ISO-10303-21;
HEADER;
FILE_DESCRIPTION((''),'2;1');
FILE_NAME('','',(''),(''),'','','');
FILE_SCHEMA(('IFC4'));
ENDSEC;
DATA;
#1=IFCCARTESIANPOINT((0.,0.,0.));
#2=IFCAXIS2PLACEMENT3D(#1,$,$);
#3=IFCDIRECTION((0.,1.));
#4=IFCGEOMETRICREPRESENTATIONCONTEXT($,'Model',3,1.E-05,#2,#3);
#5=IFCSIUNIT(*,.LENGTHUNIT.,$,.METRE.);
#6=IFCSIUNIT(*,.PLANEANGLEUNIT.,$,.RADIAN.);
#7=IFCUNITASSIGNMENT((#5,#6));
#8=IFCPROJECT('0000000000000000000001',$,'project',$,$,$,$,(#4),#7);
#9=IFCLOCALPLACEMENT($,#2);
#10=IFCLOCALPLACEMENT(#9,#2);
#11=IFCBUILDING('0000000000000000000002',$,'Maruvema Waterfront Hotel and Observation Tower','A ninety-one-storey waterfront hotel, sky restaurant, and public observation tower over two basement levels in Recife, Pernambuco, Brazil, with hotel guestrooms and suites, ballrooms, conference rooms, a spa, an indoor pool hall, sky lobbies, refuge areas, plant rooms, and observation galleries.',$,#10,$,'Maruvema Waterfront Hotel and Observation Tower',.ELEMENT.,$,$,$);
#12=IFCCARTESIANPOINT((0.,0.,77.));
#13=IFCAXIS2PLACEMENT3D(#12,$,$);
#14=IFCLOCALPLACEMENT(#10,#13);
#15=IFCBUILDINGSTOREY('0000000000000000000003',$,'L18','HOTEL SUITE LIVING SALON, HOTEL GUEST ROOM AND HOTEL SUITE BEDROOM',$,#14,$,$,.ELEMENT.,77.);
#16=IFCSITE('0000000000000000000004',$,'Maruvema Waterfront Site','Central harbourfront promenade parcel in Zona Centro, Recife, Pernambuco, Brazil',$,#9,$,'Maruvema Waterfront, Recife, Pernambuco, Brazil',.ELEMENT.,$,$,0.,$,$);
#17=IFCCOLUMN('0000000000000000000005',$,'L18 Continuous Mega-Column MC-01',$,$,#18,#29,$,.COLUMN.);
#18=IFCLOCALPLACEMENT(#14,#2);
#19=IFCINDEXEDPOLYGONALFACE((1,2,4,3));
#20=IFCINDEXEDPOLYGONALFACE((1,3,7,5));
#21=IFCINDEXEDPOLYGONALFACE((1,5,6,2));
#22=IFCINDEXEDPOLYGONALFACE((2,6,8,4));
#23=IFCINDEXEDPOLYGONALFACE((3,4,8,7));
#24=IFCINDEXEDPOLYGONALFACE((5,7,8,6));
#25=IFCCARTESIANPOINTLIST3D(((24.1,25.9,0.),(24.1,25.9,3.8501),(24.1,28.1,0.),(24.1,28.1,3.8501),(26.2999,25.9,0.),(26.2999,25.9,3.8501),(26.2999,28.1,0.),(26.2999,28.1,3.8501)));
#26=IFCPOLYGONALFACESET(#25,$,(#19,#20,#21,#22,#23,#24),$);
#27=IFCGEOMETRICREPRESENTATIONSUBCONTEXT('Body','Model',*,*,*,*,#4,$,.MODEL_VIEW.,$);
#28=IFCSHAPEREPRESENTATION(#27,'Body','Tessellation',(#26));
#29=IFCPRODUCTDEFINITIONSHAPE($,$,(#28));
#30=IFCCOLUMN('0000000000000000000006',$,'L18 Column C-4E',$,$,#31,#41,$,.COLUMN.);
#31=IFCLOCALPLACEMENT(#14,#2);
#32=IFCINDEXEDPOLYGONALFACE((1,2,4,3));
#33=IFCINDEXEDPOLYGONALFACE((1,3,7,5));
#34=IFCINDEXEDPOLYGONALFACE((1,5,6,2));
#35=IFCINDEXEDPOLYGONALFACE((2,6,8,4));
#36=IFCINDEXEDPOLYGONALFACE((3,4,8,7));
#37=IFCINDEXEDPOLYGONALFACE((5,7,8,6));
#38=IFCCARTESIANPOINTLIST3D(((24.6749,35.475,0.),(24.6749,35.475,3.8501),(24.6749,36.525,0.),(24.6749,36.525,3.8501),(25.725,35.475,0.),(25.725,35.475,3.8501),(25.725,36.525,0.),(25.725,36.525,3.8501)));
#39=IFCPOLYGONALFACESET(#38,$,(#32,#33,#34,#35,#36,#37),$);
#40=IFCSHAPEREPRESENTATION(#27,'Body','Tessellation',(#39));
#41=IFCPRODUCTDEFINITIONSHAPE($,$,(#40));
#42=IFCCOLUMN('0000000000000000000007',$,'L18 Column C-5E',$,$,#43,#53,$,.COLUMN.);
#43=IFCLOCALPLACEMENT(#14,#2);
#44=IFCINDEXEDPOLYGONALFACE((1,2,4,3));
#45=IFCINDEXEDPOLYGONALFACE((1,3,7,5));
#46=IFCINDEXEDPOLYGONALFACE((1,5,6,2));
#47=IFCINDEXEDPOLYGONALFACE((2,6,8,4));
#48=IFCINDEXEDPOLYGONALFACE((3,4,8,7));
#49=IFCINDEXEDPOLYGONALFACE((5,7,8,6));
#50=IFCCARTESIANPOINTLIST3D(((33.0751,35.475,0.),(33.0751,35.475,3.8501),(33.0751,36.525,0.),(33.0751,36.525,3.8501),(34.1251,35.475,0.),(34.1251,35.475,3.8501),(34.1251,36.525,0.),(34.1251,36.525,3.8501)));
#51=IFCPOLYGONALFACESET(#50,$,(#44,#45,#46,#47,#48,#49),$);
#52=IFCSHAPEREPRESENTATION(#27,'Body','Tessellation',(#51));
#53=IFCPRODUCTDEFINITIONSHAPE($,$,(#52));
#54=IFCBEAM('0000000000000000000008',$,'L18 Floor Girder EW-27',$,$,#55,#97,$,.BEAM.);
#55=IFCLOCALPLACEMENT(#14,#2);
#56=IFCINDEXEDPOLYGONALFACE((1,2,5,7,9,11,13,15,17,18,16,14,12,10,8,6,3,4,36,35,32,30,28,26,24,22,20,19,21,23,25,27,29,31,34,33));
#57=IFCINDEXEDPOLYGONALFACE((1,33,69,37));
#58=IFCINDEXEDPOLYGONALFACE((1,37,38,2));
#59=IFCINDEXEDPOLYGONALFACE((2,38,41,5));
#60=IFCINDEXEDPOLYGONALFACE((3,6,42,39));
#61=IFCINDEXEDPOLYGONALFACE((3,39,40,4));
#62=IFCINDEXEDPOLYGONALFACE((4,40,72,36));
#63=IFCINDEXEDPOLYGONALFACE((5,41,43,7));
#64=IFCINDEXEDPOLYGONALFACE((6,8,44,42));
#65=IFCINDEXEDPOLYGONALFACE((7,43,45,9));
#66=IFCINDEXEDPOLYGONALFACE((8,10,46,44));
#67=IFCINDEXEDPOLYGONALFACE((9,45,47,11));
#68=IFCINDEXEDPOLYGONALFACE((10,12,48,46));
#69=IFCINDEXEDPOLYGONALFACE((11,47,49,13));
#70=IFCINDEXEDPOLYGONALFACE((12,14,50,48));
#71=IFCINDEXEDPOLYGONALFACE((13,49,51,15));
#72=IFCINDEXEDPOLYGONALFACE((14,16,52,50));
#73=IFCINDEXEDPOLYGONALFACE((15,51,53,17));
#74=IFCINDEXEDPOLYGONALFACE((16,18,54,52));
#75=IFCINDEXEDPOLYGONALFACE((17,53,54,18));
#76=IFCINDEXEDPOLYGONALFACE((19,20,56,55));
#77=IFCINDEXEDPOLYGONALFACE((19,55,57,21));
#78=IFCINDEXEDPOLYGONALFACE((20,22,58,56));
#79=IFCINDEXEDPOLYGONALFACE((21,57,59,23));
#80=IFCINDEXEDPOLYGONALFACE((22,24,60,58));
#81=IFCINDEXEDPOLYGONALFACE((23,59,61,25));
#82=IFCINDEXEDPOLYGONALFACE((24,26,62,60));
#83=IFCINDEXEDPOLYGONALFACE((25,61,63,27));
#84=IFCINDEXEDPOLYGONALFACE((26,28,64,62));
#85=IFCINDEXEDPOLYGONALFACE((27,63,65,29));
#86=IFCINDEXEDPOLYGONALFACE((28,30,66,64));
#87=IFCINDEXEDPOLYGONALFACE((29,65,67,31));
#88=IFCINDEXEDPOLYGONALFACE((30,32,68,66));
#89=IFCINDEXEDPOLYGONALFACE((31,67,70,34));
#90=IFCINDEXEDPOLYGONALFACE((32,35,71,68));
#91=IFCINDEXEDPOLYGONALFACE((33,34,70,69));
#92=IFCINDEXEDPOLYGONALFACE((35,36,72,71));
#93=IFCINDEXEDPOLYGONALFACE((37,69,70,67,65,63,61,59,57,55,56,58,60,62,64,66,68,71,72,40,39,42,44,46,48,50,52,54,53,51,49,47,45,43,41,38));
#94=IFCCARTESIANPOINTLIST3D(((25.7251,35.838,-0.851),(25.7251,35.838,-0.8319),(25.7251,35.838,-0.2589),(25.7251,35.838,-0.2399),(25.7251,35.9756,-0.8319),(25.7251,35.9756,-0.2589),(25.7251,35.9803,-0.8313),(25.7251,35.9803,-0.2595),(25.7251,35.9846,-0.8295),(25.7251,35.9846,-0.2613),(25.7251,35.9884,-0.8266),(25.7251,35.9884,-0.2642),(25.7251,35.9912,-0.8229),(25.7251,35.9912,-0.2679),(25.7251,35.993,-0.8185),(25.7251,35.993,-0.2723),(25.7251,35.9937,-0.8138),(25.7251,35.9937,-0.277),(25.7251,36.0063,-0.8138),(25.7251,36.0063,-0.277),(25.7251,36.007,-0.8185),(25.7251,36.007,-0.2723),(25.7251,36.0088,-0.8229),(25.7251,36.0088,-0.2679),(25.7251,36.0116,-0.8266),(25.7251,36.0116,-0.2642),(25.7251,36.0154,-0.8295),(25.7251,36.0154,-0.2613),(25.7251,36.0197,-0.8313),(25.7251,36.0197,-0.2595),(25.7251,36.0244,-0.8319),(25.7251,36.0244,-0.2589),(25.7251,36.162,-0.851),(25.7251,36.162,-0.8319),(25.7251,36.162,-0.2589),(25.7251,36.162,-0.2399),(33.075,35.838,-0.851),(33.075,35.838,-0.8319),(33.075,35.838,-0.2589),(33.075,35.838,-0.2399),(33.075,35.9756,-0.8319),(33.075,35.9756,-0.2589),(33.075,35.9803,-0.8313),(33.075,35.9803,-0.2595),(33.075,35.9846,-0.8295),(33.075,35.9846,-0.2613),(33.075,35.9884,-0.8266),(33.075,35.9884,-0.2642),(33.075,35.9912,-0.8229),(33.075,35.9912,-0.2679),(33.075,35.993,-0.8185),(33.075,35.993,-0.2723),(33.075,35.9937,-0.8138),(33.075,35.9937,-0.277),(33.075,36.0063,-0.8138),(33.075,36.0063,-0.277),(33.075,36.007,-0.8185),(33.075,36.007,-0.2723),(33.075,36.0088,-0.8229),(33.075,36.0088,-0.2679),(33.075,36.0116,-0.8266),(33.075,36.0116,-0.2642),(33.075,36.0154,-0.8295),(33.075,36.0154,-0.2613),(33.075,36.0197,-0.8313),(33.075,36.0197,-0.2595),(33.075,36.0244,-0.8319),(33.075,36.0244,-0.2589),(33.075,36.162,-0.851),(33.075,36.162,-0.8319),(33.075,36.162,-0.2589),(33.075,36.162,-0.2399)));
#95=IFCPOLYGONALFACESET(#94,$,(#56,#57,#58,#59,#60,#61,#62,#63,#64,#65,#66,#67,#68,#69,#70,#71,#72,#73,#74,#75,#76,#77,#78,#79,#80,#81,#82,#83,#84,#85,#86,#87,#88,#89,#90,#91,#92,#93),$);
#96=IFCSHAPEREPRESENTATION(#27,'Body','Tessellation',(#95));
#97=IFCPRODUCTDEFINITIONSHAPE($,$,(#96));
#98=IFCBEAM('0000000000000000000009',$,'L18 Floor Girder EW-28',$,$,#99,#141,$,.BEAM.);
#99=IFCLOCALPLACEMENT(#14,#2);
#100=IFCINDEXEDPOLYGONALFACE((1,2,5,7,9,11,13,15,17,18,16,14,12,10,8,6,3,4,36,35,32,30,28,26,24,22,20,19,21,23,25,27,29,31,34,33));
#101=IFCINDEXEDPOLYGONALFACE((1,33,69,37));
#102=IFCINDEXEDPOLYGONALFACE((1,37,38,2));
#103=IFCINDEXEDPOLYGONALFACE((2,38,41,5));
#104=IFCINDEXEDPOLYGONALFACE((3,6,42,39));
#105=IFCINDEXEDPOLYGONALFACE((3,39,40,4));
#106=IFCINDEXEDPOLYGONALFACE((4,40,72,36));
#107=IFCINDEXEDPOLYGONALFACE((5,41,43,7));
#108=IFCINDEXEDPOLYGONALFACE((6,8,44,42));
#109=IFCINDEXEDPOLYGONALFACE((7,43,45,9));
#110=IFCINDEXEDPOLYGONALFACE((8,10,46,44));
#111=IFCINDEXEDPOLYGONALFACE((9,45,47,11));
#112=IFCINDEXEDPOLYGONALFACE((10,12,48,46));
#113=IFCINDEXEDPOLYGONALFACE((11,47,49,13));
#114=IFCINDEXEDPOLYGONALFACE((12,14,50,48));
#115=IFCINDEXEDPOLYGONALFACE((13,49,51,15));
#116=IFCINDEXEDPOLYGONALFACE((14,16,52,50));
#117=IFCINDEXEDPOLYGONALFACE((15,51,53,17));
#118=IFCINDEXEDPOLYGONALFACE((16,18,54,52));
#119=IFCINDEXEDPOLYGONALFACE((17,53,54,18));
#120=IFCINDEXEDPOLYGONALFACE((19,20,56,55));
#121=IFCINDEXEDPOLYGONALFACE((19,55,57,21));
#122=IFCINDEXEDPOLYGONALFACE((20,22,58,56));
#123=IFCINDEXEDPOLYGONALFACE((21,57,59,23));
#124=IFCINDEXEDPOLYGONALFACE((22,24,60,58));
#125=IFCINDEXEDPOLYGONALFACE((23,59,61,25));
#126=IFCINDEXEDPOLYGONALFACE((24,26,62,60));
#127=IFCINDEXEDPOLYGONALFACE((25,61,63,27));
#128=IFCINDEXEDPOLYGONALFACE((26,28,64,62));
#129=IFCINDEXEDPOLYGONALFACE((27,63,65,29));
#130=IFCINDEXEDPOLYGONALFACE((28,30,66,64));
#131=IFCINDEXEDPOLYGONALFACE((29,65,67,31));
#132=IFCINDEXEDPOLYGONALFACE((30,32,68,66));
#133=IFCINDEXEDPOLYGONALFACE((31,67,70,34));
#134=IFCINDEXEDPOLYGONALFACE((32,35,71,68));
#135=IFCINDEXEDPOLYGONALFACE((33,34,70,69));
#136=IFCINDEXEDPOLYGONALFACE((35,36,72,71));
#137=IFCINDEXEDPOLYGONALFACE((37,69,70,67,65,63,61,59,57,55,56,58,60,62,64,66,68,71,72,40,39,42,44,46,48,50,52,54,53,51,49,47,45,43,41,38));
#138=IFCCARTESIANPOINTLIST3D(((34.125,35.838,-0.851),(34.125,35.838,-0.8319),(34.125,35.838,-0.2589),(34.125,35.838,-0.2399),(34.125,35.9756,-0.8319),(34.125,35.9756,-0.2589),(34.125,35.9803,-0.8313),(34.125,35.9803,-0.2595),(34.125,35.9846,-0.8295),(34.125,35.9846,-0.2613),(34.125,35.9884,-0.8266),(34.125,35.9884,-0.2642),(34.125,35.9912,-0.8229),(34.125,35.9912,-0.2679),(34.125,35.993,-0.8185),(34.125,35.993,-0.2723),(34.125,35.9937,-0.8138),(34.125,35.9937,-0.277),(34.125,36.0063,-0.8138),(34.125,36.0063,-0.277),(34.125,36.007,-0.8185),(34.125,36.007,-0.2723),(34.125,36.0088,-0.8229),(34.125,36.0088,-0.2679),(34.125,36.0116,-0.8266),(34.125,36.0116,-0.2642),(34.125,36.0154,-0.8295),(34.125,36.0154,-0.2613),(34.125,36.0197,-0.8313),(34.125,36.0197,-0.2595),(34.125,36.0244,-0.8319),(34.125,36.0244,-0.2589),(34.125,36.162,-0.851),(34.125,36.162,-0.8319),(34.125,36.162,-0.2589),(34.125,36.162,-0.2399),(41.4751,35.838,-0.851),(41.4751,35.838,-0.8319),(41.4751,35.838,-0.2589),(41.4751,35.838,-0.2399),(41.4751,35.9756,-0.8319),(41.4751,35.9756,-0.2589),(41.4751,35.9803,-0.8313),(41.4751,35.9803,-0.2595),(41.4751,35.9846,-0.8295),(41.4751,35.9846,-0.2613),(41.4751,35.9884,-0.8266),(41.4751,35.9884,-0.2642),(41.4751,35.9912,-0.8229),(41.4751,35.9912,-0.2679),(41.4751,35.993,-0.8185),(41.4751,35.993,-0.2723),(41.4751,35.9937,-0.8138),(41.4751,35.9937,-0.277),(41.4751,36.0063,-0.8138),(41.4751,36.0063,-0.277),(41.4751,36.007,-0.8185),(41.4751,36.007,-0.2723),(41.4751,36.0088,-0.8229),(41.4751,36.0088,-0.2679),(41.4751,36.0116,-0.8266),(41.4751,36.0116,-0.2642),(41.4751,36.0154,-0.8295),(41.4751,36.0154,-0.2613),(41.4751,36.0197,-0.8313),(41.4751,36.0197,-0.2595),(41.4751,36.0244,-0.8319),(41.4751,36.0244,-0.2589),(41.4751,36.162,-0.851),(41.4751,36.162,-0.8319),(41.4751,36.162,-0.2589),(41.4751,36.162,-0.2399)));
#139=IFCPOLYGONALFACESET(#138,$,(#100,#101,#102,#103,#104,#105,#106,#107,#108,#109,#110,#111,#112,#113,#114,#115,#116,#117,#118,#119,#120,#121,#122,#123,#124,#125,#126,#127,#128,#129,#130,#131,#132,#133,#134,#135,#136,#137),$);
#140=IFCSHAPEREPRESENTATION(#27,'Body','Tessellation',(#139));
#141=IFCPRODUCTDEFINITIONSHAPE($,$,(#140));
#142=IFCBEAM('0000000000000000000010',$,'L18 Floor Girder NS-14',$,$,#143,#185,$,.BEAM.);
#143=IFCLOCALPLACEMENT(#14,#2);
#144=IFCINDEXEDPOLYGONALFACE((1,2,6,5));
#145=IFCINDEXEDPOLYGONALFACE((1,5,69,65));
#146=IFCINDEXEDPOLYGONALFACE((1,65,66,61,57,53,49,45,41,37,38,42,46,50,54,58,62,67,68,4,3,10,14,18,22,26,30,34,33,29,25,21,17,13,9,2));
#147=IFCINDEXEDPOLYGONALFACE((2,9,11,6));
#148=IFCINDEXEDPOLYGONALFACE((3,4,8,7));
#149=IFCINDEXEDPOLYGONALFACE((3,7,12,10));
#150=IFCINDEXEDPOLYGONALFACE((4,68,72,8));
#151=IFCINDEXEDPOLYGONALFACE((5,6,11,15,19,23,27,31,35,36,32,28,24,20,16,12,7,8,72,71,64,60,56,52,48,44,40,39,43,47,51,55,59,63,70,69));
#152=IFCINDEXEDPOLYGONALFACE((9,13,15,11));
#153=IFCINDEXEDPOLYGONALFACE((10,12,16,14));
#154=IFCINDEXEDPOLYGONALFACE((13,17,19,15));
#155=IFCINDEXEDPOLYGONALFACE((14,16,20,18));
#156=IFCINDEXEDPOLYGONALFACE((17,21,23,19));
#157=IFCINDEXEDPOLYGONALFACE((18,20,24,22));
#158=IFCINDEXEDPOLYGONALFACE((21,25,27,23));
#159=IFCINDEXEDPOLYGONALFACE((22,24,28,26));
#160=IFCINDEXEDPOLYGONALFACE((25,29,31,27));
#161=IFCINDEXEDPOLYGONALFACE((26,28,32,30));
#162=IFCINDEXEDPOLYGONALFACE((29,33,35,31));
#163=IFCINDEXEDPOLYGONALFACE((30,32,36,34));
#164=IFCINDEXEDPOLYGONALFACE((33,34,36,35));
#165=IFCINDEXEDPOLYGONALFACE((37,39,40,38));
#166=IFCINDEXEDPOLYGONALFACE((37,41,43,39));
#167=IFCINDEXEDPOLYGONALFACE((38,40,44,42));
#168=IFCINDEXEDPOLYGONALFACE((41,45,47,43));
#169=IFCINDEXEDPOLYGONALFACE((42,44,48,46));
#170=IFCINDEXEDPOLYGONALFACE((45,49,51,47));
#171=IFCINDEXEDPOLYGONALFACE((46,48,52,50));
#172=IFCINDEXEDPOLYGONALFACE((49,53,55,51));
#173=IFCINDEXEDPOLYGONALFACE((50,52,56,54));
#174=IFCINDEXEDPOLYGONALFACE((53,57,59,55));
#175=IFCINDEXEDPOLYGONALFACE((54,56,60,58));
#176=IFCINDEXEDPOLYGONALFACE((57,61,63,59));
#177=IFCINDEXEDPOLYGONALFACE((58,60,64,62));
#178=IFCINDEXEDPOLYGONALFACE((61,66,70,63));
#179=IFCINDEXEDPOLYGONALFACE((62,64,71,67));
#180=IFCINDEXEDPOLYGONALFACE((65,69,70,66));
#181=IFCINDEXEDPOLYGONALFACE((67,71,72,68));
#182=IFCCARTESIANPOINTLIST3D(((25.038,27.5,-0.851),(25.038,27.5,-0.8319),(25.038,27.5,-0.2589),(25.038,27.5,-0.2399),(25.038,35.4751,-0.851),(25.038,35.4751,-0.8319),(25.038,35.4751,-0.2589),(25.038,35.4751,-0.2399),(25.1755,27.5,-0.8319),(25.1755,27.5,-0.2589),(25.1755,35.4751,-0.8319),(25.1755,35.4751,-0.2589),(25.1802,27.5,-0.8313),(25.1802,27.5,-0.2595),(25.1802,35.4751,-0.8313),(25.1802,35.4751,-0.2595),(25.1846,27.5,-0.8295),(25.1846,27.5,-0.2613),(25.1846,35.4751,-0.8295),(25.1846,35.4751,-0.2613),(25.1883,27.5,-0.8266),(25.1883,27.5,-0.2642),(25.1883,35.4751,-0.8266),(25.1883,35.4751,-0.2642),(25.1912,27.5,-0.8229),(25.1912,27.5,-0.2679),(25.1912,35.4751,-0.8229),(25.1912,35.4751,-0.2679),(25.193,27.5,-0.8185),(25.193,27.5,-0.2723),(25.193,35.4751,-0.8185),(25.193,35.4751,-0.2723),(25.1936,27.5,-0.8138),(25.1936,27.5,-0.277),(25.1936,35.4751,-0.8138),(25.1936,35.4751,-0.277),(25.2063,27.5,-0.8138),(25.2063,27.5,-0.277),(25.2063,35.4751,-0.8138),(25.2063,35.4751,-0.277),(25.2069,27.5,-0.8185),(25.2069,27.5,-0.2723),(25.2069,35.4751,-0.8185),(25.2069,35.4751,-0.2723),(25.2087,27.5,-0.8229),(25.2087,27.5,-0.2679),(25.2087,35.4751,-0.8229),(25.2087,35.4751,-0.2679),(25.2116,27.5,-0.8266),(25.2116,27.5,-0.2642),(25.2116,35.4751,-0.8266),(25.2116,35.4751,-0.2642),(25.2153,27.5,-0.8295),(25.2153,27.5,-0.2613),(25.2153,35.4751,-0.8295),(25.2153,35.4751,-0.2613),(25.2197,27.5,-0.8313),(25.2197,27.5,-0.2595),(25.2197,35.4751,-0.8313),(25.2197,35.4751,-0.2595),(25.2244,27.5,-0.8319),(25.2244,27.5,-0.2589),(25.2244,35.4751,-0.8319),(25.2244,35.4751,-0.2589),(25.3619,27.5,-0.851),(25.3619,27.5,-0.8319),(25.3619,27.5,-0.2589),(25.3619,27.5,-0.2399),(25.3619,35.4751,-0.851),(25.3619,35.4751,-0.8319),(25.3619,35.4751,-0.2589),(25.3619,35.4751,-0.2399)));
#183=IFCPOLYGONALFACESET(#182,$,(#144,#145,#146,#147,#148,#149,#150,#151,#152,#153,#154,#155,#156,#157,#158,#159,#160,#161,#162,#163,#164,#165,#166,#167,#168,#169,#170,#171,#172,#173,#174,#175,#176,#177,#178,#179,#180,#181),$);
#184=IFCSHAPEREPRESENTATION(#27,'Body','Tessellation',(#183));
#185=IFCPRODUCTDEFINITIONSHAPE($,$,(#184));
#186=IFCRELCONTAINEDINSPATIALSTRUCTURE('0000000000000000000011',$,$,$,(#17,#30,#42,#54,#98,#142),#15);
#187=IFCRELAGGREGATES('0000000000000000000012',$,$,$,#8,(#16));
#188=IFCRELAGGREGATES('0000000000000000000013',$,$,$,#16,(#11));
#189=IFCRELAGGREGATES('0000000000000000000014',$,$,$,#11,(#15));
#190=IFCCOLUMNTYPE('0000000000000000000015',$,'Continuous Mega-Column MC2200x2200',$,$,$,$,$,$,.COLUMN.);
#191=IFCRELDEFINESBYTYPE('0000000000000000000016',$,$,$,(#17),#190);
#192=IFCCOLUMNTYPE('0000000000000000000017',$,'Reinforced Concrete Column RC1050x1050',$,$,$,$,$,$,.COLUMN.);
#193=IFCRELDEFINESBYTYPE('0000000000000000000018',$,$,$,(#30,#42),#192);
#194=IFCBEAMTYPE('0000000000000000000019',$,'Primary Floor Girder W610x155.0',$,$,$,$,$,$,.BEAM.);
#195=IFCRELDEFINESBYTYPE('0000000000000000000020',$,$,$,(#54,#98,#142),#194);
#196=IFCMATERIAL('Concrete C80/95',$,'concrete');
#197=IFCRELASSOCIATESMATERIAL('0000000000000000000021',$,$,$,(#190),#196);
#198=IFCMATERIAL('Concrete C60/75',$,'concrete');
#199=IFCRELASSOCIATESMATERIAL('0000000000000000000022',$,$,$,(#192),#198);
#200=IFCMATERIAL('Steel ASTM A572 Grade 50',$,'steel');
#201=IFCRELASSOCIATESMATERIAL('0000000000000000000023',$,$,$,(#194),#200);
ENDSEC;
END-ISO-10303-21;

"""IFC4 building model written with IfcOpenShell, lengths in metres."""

from ifc_helpers import new_model, si_unit, direction, frame, origin, origin_2d, place, context, subcontext, project, spatial, rectangle, i_section, extrude, material, material_profile, profile_set, type_object, element, save


model = new_model("IFC4")

# Units and contexts
model_context = context("Model", 3, precision=1e-05, world=origin(), true_north=direction((0.0, 1.0)))
body_context = subcontext(model_context, "Body", "Model", "MODEL_VIEW")
ifc_project = project(units=[si_unit("LENGTHUNIT", "METRE"), si_unit("PLANEANGLEUNIT", "RADIAN")], contexts=[model_context])

# Site, building, storey
site_placement = place(None, origin())
site = spatial("IfcSite", under=ifc_project, at=site_placement, Name="Maruvema Waterfront Site", Description="Central harbourfront promenade parcel in Zona Centro, Recife, Pernambuco, Brazil", LongName="Maruvema Waterfront, Recife, Pernambuco, Brazil", CompositionType="ELEMENT", RefElevation=0.0)
building_placement = place(site_placement, origin())
building = spatial("IfcBuilding", under=site, at=building_placement, Name="Maruvema Waterfront Hotel and Observation Tower", Description="A ninety-one-storey waterfront hotel, sky restaurant, and public observation tower over two basement levels in Recife, Pernambuco, Brazil, with hotel guestrooms and suites, ballrooms, conference rooms, a spa, an indoor pool hall, sky lobbies, refuge areas, plant rooms, and observation galleries.", LongName="Maruvema Waterfront Hotel and Observation Tower", CompositionType="ELEMENT")
storey_placement = place(building_placement, frame((0.0, 0.0, 77.0)))
storey = spatial("IfcBuildingStorey", under=building, at=storey_placement, Name="L18", Description="HOTEL SUITE LIVING SALON, HOTEL GUEST ROOM AND HOTEL SUITE BEDROOM", CompositionType="ELEMENT", Elevation=77.0)

# Columns
ifc_material_1 = material(Name="Concrete C80/95", Category="concrete")
ifc_material_profile_1 = material_profile(ifc_material_1, rectangle(XDim=2.2, YDim=2.2, at=origin_2d()), Name="MC2200x2200")
ifc_profile_set_1 = profile_set([ifc_material_profile_1], Name="Concrete C80/95")
column_type_1 = type_object("IfcColumnType", Name="Continuous Mega-Column MC2200x2200", PredefinedType="COLUMN", material=ifc_profile_set_1)
column_placement = place(storey_placement, frame((25.2, 27.0, 0.0), z_axis=(0.0, 0.0, 1.0), x_axis=(1.0, 0.0, 0.0)))
element("IfcColumn", 1, at=column_placement, inside=storey, type_object=column_type_1, Name="L18 Continuous Mega-Column MC-01", PredefinedType="COLUMN", context=body_context, shape_type="SweptSolid", body=[
    extrude(rectangle(XDim=2.2, YDim=2.2, at=origin_2d()), origin(), (0.0, 0.0, 1.0), 3.8501),
])
ifc_material_2 = material(Name="Concrete C60/75", Category="concrete")
ifc_material_profile_2 = material_profile(ifc_material_2, rectangle(XDim=1.05, YDim=1.05, at=origin_2d()), Name="RC1050x1050")
ifc_profile_set_2 = profile_set([ifc_material_profile_2], Name="Concrete C60/75")
column_type_2 = type_object("IfcColumnType", Name="Reinforced Concrete Column RC1050x1050", PredefinedType="COLUMN", material=ifc_profile_set_2)
for number, where, z_axis, x_axis, name in (
    (2, (25.2, 36.0, 0.0), (0.0, 0.0, 1.0), (1.0, 0.0, 0.0), "L18 Column C-4E"),
    (3, (33.6001, 36.0, 0.0), (0.0, 0.0, 1.0), (1.0, 0.0, 0.0), "L18 Column C-5E"),
):
    element("IfcColumn", number, at=place(storey_placement, frame(where, z_axis=z_axis, x_axis=x_axis)), inside=storey, type_object=column_type_2, Name=name, PredefinedType="COLUMN", context=body_context, shape_type="SweptSolid", body=[
        extrude(rectangle(XDim=1.05, YDim=1.05, at=origin_2d()), origin(), (0.0, 0.0, 1.0), 3.8501),
    ])

# Beams
ifc_material_3 = material(Name="Steel ASTM A572 Grade 50", Category="steel")
ifc_material_profile_3 = material_profile(ifc_material_3, i_section(OverallWidth=0.324, OverallDepth=0.6111, WebThickness=0.0127, FlangeThickness=0.019, FilletRadius=0.0181, at=origin_2d()), Name="W610x155.0")
ifc_profile_set_3 = profile_set([ifc_material_profile_3], Name="Steel ASTM A572 Grade 50")
beam_type_1 = type_object("IfcBeamType", Name="Primary Floor Girder W610x155.0", PredefinedType="BEAM", material=ifc_profile_set_3)
beam_1_placement = place(storey_placement, frame((25.7251, 36.0, -0.5454), z_axis=(1.0, 0.0, 0.0), x_axis=(0.0, 1.0, 0.0)))
element("IfcBeam", 4, at=beam_1_placement, inside=storey, type_object=beam_type_1, Name="L18 Floor Girder EW-27", PredefinedType="BEAM", context=body_context, shape_type="SweptSolid", body=[
    extrude(i_section(OverallWidth=0.324, OverallDepth=0.6111, WebThickness=0.0127, FlangeThickness=0.019, FilletRadius=0.0181, at=origin_2d()), origin(), (0.0, 0.0, 1.0), 7.3499),
])
beam_2_placement = place(storey_placement, frame((34.125, 36.0, -0.5454), z_axis=(1.0, 0.0, 0.0), x_axis=(0.0, 1.0, 0.0)))
element("IfcBeam", 5, at=beam_2_placement, inside=storey, type_object=beam_type_1, Name="L18 Floor Girder EW-28", PredefinedType="BEAM", context=body_context, shape_type="SweptSolid", body=[
    extrude(i_section(OverallWidth=0.324, OverallDepth=0.6111, WebThickness=0.0127, FlangeThickness=0.019, FilletRadius=0.0181, at=origin_2d()), origin(), (0.0, 0.0, 1.0), 7.3501),
])
for number, where, z_axis, x_axis, name in (
    (6, (25.2, 27.5, -0.5454), (0.0, 1.0, 0.0), (-1.0, 0.0, 0.0), "L18 Floor Girder NS-14"),
):
    element("IfcBeam", number, at=place(storey_placement, frame(where, z_axis=z_axis, x_axis=x_axis)), inside=storey, type_object=beam_type_1, Name=name, PredefinedType="BEAM", context=body_context, shape_type="SweptSolid", body=[
        extrude(i_section(OverallWidth=0.324, OverallDepth=0.6111, WebThickness=0.0127, FlangeThickness=0.019, FilletRadius=0.0181, at=origin_2d()), origin(), (0.0, 0.0, 1.0), 7.9751),
    ])

save(model, "model.ifc")
